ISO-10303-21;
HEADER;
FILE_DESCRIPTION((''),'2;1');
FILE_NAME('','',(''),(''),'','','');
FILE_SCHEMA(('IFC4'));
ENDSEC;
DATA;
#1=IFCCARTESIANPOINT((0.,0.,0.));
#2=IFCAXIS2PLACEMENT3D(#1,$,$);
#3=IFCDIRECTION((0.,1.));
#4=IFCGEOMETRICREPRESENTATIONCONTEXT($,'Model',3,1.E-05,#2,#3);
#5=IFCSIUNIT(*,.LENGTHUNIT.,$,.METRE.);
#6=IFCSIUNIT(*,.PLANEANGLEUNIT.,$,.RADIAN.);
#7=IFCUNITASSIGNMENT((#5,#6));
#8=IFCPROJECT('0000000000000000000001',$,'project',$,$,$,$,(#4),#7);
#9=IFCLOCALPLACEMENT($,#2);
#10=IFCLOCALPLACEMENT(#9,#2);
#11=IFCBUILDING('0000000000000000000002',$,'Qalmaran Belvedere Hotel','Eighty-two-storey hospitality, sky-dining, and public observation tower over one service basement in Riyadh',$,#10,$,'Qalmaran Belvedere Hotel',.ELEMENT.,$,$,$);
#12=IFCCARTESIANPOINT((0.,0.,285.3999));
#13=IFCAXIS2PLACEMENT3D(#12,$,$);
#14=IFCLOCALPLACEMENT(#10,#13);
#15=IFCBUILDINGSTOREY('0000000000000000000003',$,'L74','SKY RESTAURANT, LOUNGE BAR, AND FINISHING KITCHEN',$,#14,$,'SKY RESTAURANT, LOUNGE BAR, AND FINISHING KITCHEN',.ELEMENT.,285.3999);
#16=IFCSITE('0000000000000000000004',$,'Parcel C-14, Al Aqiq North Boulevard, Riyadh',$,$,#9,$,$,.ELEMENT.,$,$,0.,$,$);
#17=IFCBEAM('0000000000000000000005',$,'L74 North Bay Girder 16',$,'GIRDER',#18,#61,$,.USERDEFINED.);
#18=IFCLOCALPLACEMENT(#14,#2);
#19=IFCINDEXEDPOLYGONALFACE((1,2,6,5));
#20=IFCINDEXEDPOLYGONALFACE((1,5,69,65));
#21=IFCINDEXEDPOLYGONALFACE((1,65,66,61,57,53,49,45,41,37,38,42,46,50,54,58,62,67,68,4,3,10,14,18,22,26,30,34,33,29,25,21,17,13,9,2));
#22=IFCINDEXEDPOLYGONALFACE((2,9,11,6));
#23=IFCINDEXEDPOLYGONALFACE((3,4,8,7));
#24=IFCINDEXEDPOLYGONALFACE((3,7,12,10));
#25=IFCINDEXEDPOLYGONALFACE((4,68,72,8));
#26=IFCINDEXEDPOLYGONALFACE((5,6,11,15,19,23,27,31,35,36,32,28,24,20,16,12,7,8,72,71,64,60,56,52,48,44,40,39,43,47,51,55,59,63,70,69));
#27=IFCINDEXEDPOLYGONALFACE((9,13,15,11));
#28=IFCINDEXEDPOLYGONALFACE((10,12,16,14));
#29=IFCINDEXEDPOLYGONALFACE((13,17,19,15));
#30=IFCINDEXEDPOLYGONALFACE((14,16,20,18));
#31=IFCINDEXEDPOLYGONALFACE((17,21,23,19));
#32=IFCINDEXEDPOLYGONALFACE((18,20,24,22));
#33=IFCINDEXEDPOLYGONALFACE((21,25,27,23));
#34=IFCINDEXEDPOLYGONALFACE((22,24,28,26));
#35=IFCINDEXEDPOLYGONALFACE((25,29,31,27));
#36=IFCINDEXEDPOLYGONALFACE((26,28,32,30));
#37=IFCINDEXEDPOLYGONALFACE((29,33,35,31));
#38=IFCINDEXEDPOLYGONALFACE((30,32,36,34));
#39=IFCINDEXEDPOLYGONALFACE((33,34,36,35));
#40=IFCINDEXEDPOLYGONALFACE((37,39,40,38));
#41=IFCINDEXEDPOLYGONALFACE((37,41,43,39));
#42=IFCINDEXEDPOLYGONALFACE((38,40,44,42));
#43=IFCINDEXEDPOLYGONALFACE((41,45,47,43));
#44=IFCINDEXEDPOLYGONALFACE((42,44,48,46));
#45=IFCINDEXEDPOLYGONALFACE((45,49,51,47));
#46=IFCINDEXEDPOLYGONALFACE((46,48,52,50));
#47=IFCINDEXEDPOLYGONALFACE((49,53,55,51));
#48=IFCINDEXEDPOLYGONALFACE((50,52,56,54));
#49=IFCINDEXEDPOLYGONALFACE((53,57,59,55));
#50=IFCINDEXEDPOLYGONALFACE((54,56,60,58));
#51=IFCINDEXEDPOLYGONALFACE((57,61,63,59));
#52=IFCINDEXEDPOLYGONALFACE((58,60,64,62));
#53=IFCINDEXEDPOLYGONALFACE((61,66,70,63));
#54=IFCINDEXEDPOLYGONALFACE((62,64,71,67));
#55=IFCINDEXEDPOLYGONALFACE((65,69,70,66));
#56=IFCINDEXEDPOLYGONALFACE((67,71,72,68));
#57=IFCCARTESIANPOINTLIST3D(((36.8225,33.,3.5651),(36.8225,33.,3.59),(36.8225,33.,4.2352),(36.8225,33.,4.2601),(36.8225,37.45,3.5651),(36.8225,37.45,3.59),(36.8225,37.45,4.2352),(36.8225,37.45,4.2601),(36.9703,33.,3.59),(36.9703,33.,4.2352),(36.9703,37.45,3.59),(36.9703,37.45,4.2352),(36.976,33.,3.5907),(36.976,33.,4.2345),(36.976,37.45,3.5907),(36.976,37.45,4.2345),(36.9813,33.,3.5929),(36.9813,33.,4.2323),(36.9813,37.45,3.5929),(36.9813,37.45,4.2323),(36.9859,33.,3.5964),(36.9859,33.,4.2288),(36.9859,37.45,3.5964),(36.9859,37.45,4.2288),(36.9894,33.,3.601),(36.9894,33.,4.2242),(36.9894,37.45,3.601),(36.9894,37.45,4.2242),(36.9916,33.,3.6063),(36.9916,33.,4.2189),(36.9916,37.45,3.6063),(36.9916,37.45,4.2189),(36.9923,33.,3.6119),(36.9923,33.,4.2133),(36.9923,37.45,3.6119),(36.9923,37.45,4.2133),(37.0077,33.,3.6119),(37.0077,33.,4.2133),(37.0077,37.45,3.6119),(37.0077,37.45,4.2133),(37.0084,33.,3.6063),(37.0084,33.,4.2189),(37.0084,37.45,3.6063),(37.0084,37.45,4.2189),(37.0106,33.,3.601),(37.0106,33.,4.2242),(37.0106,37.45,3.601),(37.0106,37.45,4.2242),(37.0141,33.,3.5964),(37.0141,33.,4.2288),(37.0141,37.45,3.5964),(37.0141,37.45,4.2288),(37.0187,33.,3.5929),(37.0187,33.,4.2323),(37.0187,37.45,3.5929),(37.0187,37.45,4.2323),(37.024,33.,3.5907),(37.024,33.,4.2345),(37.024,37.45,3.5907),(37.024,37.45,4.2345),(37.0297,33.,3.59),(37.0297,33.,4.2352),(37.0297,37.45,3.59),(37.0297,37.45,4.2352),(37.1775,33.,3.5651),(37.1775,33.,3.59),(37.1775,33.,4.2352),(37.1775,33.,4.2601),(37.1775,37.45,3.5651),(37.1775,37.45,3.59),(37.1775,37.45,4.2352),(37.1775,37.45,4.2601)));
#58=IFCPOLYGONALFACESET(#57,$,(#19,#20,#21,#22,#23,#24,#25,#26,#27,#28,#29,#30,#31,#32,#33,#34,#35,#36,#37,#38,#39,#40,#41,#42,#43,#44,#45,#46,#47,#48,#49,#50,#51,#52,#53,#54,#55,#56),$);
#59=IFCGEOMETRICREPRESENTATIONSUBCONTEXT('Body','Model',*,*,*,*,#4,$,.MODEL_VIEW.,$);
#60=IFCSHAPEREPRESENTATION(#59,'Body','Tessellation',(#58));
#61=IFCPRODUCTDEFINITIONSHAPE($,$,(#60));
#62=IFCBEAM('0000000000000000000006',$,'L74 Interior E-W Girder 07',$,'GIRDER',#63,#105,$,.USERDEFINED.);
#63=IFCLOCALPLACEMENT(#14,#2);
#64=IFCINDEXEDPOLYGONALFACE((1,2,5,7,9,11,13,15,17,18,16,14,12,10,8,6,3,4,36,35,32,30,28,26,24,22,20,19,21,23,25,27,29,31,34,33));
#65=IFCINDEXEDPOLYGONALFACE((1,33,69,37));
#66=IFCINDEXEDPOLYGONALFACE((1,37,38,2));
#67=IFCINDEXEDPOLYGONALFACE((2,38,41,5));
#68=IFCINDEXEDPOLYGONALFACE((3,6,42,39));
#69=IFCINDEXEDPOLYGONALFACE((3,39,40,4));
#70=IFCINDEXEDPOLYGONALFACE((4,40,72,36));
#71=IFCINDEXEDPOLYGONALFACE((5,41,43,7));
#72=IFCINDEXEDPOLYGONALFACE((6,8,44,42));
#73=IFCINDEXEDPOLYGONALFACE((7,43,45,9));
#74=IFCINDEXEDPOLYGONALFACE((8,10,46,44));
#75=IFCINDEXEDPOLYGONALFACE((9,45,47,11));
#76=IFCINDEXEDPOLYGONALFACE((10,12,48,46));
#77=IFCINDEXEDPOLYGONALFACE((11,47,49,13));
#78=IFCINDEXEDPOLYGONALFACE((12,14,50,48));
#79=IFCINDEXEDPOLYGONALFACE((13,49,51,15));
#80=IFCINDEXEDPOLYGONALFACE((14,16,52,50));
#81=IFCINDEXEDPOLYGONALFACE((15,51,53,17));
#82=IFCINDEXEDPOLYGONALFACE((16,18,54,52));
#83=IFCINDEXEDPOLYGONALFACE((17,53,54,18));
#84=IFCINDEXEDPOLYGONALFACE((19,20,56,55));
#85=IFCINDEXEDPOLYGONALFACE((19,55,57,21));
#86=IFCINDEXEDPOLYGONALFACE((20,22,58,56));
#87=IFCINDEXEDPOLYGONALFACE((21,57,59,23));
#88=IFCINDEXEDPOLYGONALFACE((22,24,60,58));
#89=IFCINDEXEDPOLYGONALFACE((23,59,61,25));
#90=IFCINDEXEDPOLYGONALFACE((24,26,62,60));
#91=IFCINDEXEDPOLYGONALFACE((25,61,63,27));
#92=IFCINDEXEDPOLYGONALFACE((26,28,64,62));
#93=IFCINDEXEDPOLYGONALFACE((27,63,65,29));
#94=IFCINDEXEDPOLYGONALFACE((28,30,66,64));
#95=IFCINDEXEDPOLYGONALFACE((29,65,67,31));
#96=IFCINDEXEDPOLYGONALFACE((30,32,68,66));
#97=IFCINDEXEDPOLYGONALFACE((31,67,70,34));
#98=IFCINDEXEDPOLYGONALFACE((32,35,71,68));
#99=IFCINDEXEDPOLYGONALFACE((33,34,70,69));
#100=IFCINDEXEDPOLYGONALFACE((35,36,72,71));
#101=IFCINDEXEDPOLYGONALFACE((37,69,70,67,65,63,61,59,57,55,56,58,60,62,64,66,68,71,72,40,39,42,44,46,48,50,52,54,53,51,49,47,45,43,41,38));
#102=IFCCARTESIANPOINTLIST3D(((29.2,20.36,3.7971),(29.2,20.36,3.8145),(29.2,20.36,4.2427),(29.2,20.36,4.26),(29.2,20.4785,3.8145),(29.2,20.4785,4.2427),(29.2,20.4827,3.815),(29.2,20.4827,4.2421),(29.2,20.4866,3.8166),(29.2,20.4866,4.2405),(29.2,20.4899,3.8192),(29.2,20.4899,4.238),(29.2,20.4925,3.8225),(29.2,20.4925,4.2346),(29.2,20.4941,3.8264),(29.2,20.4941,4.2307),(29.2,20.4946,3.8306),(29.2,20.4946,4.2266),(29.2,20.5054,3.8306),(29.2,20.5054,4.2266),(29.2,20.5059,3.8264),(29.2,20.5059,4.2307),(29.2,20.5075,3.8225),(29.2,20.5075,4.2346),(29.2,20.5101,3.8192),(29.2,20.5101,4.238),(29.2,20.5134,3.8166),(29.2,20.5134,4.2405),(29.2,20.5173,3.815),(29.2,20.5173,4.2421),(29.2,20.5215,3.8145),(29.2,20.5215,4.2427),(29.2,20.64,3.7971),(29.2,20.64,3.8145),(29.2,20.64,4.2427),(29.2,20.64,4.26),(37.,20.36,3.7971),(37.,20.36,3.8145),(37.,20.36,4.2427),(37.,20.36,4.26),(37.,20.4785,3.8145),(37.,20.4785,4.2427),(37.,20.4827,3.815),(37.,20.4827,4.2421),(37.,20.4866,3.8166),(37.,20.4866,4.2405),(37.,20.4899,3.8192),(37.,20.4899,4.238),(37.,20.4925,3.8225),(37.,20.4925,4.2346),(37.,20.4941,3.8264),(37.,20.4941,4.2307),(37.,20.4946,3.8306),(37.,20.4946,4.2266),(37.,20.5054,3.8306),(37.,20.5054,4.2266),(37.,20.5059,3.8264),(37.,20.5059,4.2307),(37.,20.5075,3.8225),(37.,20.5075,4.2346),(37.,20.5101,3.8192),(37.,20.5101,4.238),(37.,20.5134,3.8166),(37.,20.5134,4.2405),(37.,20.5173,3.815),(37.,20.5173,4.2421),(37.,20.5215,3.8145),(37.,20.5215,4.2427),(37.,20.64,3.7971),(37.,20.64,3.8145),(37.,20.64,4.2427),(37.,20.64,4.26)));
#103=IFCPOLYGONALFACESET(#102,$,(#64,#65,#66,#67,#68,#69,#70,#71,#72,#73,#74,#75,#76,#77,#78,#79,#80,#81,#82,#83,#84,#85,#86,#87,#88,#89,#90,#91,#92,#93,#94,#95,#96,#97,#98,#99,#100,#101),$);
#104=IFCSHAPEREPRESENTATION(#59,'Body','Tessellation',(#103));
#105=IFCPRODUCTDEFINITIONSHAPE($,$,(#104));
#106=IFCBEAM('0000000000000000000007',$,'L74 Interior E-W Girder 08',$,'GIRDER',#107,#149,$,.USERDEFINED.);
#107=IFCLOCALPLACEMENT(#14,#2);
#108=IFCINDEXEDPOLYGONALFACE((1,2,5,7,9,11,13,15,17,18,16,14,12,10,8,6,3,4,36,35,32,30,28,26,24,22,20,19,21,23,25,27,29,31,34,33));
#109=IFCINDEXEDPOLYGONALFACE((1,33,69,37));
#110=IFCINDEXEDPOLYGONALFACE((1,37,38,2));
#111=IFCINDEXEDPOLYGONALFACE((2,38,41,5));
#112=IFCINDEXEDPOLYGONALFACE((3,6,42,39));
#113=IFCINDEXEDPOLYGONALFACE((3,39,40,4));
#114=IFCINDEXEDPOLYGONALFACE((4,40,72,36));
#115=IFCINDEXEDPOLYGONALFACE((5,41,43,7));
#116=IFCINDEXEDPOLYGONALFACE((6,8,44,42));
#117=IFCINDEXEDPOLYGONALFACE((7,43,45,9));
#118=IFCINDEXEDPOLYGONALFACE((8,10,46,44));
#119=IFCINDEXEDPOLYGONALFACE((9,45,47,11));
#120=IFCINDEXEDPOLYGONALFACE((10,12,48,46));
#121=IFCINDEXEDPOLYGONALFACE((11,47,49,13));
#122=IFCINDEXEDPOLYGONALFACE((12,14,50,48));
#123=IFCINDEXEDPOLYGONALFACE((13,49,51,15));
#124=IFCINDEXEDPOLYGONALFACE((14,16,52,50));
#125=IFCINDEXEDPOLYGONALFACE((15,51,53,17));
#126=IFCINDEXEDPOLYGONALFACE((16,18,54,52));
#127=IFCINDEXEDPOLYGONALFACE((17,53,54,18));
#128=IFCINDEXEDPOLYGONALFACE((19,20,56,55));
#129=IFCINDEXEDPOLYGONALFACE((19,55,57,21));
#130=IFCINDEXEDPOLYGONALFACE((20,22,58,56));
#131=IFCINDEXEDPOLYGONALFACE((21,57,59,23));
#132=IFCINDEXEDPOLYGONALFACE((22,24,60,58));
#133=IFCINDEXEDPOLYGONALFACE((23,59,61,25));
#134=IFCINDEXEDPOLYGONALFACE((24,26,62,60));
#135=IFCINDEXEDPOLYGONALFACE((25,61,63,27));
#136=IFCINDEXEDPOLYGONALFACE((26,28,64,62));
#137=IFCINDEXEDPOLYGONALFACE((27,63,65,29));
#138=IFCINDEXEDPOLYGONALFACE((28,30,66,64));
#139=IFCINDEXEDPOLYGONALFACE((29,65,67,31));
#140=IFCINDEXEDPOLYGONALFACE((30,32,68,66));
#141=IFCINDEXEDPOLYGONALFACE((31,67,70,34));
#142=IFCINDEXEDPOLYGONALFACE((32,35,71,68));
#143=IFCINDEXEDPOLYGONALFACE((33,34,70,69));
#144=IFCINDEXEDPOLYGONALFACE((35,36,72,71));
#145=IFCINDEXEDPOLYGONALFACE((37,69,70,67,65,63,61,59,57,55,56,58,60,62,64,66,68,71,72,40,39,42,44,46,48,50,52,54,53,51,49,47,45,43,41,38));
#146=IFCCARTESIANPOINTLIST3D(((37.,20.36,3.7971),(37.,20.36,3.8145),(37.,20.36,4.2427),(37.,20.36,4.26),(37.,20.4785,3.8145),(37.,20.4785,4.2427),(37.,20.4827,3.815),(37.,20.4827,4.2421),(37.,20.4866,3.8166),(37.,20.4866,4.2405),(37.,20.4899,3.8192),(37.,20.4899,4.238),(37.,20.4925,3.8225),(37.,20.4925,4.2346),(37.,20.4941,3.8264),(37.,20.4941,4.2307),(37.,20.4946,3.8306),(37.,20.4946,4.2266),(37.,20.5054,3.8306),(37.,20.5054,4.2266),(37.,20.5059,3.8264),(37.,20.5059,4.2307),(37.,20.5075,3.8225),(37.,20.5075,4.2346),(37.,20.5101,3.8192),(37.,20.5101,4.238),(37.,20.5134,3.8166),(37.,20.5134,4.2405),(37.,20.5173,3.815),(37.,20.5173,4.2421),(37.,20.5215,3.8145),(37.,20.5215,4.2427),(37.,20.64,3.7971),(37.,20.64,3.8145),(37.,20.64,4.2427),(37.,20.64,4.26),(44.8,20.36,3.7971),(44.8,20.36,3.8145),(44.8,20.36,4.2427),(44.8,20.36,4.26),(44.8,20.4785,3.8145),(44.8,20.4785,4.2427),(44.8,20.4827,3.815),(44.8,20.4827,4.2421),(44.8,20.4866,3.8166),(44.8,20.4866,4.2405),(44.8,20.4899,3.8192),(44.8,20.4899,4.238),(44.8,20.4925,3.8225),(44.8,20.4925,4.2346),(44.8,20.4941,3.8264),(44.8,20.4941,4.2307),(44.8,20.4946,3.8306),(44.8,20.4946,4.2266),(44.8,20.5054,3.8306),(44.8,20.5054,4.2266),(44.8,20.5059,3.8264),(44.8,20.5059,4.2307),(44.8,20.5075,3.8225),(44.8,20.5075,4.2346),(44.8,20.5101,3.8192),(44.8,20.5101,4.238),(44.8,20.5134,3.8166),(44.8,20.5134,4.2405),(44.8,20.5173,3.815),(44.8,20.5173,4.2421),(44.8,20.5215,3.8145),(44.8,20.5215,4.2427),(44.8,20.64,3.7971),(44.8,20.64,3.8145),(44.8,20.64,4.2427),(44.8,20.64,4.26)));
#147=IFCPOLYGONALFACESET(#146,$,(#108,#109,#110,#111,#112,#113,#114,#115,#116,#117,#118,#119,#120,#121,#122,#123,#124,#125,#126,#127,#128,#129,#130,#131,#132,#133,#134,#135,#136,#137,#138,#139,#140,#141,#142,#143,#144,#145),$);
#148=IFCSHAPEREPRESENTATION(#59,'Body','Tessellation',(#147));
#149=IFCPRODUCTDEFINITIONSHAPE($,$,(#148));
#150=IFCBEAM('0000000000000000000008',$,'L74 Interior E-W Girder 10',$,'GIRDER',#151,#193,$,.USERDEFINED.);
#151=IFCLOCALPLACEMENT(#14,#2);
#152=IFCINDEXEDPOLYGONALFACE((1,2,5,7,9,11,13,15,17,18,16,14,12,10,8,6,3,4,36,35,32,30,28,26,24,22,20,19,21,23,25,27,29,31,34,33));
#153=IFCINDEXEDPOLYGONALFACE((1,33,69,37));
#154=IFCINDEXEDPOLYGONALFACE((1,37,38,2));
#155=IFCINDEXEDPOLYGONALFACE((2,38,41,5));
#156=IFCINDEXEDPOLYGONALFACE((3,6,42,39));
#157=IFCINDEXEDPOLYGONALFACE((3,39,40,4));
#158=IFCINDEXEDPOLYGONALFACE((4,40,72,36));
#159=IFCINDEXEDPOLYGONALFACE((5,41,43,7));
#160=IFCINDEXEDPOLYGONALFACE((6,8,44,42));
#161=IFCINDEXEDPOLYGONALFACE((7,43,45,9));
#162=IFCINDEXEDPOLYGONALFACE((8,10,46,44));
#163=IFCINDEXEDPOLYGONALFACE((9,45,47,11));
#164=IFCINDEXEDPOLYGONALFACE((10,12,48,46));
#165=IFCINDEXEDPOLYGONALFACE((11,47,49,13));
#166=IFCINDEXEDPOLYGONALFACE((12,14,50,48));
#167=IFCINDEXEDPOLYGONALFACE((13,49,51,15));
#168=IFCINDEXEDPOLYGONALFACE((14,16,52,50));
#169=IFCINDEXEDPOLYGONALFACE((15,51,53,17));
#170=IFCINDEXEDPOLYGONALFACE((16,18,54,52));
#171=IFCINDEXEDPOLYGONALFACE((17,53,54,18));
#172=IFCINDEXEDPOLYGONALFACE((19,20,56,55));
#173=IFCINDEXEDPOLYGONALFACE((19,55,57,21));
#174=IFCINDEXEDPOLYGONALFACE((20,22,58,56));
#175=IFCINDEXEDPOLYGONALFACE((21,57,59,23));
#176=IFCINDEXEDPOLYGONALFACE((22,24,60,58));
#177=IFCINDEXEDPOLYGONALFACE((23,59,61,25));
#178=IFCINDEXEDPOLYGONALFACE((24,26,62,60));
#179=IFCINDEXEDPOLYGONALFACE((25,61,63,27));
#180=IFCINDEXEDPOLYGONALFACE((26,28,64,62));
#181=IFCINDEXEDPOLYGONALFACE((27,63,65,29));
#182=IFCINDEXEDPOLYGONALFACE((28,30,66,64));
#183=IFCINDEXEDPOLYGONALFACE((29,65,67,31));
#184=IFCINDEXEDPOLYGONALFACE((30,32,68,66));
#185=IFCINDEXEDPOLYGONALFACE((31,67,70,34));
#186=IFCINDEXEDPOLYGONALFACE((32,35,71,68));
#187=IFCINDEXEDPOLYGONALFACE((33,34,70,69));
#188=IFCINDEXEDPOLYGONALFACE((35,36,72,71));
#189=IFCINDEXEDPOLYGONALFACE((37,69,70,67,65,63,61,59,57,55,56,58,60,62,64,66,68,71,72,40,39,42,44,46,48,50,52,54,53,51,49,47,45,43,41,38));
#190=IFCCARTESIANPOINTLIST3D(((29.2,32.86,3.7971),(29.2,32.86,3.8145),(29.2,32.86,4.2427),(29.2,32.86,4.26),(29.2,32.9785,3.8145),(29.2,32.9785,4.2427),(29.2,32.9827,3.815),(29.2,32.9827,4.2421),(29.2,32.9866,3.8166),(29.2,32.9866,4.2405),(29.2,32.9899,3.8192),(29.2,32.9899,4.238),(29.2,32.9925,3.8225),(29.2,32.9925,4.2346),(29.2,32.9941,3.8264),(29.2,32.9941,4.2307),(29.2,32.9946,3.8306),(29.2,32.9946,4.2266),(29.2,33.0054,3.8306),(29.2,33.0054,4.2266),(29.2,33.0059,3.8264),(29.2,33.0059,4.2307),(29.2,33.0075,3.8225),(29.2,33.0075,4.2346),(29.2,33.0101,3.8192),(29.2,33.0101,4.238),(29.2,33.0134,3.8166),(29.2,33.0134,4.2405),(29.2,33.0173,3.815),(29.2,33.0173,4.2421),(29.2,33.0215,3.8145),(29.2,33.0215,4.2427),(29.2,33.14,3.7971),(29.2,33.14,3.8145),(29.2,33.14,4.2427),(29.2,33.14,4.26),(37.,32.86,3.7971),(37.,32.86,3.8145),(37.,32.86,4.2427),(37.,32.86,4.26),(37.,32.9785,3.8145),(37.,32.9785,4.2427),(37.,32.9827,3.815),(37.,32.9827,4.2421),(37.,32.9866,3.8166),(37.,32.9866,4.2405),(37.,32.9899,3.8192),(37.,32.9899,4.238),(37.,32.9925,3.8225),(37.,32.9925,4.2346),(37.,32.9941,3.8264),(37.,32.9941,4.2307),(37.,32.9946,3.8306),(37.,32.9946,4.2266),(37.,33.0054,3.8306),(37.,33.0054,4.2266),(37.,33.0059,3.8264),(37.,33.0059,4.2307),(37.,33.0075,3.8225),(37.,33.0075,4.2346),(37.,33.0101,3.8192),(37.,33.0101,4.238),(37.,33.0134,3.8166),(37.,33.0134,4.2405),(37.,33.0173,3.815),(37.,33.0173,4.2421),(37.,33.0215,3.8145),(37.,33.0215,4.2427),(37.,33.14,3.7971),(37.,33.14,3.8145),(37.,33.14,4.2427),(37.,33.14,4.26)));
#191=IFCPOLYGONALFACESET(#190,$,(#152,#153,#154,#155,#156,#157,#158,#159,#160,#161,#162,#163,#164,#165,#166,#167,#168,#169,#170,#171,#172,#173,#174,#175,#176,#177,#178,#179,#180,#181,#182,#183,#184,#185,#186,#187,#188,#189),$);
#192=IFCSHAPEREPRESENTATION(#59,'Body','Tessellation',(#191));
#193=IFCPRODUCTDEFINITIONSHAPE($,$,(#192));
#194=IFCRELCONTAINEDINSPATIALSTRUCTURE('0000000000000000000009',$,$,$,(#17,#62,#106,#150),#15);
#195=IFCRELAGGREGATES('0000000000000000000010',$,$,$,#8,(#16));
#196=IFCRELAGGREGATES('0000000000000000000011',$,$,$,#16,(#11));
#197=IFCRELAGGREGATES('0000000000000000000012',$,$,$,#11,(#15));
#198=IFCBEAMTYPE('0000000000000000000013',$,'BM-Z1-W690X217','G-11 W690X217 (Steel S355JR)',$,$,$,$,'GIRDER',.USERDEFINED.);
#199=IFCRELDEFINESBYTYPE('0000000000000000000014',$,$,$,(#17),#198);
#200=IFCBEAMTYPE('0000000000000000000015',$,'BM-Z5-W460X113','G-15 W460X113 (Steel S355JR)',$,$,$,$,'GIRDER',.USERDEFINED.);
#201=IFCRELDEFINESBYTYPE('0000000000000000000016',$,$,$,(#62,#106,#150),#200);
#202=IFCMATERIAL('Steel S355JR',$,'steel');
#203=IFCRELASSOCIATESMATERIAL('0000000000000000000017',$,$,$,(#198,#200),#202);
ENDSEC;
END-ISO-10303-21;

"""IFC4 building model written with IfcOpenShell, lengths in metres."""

from ifc_helpers import new_model, si_unit, direction, frame, origin, origin_2d, place, context, subcontext, project, spatial, i_section, extrude, material, material_profile, profile_set, type_object, element, save


model = new_model("IFC4")

# Units and contexts
model_context = context("Model", 3, precision=1e-05, world=origin(), true_north=direction((0.0, 1.0)))
body_context = subcontext(model_context, "Body", "Model", "MODEL_VIEW")
ifc_project = project(units=[si_unit("LENGTHUNIT", "METRE"), si_unit("PLANEANGLEUNIT", "RADIAN")], contexts=[model_context])

# Site, building, storey
site_placement = place(None, origin())
site = spatial("IfcSite", under=ifc_project, at=site_placement, Name="Parcel C-14, Al Aqiq North Boulevard, Riyadh", CompositionType="ELEMENT", RefElevation=0.0)
building_placement = place(site_placement, origin())
building = spatial("IfcBuilding", under=site, at=building_placement, Name="Qalmaran Belvedere Hotel", Description="Eighty-two-storey hospitality, sky-dining, and public observation tower over one service basement in Riyadh", LongName="Qalmaran Belvedere Hotel", CompositionType="ELEMENT")
storey_placement = place(building_placement, frame((0.0, 0.0, 285.3999)))
storey = spatial("IfcBuildingStorey", under=building, at=storey_placement, Name="L74", Description="SKY RESTAURANT, LOUNGE BAR, AND FINISHING KITCHEN", LongName="SKY RESTAURANT, LOUNGE BAR, AND FINISHING KITCHEN", CompositionType="ELEMENT", Elevation=285.3999)

# Beams
ifc_material_1 = material(Name="Steel S355JR", Category="steel")
ifc_material_profile_1 = material_profile(ifc_material_1, i_section(OverallWidth=0.355, OverallDepth=0.6951, WebThickness=0.0154, FlangeThickness=0.0249, FilletRadius=0.022, at=origin_2d()), Name="W690X217")
ifc_profile_set_1 = profile_set([ifc_material_profile_1], Name="Steel S355JR")
beam_type_1 = type_object("IfcBeamType", Name="BM-Z1-W690X217", Description="G-11 W690X217 (Steel S355JR)", ElementType="GIRDER", PredefinedType="USERDEFINED", material=ifc_profile_set_1)
beam_1_placement = place(storey_placement, frame((37.0, 33.0, 3.9126), z_axis=(0.0, 1.0, 0.0), x_axis=(-1.0, 0.0, 0.0)))
element("IfcBeam", 1, at=beam_1_placement, inside=storey, type_object=beam_type_1, Name="L74 North Bay Girder 16", ObjectType="GIRDER", PredefinedType="USERDEFINED", context=body_context, shape_type="SweptSolid", body=[
    extrude(i_section(OverallWidth=0.355, OverallDepth=0.6951, WebThickness=0.0154, FlangeThickness=0.0249, FilletRadius=0.022, at=origin_2d()), origin(), (0.0, 0.0, 1.0), 4.45),
])
ifc_material_profile_2 = material_profile(ifc_material_1, i_section(OverallWidth=0.28, OverallDepth=0.4629, WebThickness=0.0107, FlangeThickness=0.0173, FilletRadius=0.0161, at=origin_2d()), Name="W460X113")
ifc_profile_set_2 = profile_set([ifc_material_profile_2], Name="Steel S355JR")
beam_type_2 = type_object("IfcBeamType", Name="BM-Z5-W460X113", Description="G-15 W460X113 (Steel S355JR)", ElementType="GIRDER", PredefinedType="USERDEFINED", material=ifc_profile_set_2)
for number, where, z_axis, x_axis, name in (
    (2, (29.2, 20.5, 4.0286), (1.0, 0.0, 0.0), (0.0, 1.0, 0.0), "L74 Interior E-W Girder 07"),
    (3, (37.0, 20.5, 4.0286), (1.0, 0.0, 0.0), (0.0, 1.0, 0.0), "L74 Interior E-W Girder 08"),
    (4, (29.2, 33.0, 4.0286), (1.0, 0.0, 0.0), (0.0, 1.0, 0.0), "L74 Interior E-W Girder 10"),
):
    element("IfcBeam", number, at=place(storey_placement, frame(where, z_axis=z_axis, x_axis=x_axis)), inside=storey, type_object=beam_type_2, Name=name, ObjectType="GIRDER", PredefinedType="USERDEFINED", context=body_context, shape_type="SweptSolid", body=[
        extrude(i_section(OverallWidth=0.28, OverallDepth=0.4629, WebThickness=0.0107, FlangeThickness=0.0173, FilletRadius=0.0161, at=origin_2d()), origin(), (0.0, 0.0, 1.0), 7.8),
    ])

save(model, "model.ifc")
